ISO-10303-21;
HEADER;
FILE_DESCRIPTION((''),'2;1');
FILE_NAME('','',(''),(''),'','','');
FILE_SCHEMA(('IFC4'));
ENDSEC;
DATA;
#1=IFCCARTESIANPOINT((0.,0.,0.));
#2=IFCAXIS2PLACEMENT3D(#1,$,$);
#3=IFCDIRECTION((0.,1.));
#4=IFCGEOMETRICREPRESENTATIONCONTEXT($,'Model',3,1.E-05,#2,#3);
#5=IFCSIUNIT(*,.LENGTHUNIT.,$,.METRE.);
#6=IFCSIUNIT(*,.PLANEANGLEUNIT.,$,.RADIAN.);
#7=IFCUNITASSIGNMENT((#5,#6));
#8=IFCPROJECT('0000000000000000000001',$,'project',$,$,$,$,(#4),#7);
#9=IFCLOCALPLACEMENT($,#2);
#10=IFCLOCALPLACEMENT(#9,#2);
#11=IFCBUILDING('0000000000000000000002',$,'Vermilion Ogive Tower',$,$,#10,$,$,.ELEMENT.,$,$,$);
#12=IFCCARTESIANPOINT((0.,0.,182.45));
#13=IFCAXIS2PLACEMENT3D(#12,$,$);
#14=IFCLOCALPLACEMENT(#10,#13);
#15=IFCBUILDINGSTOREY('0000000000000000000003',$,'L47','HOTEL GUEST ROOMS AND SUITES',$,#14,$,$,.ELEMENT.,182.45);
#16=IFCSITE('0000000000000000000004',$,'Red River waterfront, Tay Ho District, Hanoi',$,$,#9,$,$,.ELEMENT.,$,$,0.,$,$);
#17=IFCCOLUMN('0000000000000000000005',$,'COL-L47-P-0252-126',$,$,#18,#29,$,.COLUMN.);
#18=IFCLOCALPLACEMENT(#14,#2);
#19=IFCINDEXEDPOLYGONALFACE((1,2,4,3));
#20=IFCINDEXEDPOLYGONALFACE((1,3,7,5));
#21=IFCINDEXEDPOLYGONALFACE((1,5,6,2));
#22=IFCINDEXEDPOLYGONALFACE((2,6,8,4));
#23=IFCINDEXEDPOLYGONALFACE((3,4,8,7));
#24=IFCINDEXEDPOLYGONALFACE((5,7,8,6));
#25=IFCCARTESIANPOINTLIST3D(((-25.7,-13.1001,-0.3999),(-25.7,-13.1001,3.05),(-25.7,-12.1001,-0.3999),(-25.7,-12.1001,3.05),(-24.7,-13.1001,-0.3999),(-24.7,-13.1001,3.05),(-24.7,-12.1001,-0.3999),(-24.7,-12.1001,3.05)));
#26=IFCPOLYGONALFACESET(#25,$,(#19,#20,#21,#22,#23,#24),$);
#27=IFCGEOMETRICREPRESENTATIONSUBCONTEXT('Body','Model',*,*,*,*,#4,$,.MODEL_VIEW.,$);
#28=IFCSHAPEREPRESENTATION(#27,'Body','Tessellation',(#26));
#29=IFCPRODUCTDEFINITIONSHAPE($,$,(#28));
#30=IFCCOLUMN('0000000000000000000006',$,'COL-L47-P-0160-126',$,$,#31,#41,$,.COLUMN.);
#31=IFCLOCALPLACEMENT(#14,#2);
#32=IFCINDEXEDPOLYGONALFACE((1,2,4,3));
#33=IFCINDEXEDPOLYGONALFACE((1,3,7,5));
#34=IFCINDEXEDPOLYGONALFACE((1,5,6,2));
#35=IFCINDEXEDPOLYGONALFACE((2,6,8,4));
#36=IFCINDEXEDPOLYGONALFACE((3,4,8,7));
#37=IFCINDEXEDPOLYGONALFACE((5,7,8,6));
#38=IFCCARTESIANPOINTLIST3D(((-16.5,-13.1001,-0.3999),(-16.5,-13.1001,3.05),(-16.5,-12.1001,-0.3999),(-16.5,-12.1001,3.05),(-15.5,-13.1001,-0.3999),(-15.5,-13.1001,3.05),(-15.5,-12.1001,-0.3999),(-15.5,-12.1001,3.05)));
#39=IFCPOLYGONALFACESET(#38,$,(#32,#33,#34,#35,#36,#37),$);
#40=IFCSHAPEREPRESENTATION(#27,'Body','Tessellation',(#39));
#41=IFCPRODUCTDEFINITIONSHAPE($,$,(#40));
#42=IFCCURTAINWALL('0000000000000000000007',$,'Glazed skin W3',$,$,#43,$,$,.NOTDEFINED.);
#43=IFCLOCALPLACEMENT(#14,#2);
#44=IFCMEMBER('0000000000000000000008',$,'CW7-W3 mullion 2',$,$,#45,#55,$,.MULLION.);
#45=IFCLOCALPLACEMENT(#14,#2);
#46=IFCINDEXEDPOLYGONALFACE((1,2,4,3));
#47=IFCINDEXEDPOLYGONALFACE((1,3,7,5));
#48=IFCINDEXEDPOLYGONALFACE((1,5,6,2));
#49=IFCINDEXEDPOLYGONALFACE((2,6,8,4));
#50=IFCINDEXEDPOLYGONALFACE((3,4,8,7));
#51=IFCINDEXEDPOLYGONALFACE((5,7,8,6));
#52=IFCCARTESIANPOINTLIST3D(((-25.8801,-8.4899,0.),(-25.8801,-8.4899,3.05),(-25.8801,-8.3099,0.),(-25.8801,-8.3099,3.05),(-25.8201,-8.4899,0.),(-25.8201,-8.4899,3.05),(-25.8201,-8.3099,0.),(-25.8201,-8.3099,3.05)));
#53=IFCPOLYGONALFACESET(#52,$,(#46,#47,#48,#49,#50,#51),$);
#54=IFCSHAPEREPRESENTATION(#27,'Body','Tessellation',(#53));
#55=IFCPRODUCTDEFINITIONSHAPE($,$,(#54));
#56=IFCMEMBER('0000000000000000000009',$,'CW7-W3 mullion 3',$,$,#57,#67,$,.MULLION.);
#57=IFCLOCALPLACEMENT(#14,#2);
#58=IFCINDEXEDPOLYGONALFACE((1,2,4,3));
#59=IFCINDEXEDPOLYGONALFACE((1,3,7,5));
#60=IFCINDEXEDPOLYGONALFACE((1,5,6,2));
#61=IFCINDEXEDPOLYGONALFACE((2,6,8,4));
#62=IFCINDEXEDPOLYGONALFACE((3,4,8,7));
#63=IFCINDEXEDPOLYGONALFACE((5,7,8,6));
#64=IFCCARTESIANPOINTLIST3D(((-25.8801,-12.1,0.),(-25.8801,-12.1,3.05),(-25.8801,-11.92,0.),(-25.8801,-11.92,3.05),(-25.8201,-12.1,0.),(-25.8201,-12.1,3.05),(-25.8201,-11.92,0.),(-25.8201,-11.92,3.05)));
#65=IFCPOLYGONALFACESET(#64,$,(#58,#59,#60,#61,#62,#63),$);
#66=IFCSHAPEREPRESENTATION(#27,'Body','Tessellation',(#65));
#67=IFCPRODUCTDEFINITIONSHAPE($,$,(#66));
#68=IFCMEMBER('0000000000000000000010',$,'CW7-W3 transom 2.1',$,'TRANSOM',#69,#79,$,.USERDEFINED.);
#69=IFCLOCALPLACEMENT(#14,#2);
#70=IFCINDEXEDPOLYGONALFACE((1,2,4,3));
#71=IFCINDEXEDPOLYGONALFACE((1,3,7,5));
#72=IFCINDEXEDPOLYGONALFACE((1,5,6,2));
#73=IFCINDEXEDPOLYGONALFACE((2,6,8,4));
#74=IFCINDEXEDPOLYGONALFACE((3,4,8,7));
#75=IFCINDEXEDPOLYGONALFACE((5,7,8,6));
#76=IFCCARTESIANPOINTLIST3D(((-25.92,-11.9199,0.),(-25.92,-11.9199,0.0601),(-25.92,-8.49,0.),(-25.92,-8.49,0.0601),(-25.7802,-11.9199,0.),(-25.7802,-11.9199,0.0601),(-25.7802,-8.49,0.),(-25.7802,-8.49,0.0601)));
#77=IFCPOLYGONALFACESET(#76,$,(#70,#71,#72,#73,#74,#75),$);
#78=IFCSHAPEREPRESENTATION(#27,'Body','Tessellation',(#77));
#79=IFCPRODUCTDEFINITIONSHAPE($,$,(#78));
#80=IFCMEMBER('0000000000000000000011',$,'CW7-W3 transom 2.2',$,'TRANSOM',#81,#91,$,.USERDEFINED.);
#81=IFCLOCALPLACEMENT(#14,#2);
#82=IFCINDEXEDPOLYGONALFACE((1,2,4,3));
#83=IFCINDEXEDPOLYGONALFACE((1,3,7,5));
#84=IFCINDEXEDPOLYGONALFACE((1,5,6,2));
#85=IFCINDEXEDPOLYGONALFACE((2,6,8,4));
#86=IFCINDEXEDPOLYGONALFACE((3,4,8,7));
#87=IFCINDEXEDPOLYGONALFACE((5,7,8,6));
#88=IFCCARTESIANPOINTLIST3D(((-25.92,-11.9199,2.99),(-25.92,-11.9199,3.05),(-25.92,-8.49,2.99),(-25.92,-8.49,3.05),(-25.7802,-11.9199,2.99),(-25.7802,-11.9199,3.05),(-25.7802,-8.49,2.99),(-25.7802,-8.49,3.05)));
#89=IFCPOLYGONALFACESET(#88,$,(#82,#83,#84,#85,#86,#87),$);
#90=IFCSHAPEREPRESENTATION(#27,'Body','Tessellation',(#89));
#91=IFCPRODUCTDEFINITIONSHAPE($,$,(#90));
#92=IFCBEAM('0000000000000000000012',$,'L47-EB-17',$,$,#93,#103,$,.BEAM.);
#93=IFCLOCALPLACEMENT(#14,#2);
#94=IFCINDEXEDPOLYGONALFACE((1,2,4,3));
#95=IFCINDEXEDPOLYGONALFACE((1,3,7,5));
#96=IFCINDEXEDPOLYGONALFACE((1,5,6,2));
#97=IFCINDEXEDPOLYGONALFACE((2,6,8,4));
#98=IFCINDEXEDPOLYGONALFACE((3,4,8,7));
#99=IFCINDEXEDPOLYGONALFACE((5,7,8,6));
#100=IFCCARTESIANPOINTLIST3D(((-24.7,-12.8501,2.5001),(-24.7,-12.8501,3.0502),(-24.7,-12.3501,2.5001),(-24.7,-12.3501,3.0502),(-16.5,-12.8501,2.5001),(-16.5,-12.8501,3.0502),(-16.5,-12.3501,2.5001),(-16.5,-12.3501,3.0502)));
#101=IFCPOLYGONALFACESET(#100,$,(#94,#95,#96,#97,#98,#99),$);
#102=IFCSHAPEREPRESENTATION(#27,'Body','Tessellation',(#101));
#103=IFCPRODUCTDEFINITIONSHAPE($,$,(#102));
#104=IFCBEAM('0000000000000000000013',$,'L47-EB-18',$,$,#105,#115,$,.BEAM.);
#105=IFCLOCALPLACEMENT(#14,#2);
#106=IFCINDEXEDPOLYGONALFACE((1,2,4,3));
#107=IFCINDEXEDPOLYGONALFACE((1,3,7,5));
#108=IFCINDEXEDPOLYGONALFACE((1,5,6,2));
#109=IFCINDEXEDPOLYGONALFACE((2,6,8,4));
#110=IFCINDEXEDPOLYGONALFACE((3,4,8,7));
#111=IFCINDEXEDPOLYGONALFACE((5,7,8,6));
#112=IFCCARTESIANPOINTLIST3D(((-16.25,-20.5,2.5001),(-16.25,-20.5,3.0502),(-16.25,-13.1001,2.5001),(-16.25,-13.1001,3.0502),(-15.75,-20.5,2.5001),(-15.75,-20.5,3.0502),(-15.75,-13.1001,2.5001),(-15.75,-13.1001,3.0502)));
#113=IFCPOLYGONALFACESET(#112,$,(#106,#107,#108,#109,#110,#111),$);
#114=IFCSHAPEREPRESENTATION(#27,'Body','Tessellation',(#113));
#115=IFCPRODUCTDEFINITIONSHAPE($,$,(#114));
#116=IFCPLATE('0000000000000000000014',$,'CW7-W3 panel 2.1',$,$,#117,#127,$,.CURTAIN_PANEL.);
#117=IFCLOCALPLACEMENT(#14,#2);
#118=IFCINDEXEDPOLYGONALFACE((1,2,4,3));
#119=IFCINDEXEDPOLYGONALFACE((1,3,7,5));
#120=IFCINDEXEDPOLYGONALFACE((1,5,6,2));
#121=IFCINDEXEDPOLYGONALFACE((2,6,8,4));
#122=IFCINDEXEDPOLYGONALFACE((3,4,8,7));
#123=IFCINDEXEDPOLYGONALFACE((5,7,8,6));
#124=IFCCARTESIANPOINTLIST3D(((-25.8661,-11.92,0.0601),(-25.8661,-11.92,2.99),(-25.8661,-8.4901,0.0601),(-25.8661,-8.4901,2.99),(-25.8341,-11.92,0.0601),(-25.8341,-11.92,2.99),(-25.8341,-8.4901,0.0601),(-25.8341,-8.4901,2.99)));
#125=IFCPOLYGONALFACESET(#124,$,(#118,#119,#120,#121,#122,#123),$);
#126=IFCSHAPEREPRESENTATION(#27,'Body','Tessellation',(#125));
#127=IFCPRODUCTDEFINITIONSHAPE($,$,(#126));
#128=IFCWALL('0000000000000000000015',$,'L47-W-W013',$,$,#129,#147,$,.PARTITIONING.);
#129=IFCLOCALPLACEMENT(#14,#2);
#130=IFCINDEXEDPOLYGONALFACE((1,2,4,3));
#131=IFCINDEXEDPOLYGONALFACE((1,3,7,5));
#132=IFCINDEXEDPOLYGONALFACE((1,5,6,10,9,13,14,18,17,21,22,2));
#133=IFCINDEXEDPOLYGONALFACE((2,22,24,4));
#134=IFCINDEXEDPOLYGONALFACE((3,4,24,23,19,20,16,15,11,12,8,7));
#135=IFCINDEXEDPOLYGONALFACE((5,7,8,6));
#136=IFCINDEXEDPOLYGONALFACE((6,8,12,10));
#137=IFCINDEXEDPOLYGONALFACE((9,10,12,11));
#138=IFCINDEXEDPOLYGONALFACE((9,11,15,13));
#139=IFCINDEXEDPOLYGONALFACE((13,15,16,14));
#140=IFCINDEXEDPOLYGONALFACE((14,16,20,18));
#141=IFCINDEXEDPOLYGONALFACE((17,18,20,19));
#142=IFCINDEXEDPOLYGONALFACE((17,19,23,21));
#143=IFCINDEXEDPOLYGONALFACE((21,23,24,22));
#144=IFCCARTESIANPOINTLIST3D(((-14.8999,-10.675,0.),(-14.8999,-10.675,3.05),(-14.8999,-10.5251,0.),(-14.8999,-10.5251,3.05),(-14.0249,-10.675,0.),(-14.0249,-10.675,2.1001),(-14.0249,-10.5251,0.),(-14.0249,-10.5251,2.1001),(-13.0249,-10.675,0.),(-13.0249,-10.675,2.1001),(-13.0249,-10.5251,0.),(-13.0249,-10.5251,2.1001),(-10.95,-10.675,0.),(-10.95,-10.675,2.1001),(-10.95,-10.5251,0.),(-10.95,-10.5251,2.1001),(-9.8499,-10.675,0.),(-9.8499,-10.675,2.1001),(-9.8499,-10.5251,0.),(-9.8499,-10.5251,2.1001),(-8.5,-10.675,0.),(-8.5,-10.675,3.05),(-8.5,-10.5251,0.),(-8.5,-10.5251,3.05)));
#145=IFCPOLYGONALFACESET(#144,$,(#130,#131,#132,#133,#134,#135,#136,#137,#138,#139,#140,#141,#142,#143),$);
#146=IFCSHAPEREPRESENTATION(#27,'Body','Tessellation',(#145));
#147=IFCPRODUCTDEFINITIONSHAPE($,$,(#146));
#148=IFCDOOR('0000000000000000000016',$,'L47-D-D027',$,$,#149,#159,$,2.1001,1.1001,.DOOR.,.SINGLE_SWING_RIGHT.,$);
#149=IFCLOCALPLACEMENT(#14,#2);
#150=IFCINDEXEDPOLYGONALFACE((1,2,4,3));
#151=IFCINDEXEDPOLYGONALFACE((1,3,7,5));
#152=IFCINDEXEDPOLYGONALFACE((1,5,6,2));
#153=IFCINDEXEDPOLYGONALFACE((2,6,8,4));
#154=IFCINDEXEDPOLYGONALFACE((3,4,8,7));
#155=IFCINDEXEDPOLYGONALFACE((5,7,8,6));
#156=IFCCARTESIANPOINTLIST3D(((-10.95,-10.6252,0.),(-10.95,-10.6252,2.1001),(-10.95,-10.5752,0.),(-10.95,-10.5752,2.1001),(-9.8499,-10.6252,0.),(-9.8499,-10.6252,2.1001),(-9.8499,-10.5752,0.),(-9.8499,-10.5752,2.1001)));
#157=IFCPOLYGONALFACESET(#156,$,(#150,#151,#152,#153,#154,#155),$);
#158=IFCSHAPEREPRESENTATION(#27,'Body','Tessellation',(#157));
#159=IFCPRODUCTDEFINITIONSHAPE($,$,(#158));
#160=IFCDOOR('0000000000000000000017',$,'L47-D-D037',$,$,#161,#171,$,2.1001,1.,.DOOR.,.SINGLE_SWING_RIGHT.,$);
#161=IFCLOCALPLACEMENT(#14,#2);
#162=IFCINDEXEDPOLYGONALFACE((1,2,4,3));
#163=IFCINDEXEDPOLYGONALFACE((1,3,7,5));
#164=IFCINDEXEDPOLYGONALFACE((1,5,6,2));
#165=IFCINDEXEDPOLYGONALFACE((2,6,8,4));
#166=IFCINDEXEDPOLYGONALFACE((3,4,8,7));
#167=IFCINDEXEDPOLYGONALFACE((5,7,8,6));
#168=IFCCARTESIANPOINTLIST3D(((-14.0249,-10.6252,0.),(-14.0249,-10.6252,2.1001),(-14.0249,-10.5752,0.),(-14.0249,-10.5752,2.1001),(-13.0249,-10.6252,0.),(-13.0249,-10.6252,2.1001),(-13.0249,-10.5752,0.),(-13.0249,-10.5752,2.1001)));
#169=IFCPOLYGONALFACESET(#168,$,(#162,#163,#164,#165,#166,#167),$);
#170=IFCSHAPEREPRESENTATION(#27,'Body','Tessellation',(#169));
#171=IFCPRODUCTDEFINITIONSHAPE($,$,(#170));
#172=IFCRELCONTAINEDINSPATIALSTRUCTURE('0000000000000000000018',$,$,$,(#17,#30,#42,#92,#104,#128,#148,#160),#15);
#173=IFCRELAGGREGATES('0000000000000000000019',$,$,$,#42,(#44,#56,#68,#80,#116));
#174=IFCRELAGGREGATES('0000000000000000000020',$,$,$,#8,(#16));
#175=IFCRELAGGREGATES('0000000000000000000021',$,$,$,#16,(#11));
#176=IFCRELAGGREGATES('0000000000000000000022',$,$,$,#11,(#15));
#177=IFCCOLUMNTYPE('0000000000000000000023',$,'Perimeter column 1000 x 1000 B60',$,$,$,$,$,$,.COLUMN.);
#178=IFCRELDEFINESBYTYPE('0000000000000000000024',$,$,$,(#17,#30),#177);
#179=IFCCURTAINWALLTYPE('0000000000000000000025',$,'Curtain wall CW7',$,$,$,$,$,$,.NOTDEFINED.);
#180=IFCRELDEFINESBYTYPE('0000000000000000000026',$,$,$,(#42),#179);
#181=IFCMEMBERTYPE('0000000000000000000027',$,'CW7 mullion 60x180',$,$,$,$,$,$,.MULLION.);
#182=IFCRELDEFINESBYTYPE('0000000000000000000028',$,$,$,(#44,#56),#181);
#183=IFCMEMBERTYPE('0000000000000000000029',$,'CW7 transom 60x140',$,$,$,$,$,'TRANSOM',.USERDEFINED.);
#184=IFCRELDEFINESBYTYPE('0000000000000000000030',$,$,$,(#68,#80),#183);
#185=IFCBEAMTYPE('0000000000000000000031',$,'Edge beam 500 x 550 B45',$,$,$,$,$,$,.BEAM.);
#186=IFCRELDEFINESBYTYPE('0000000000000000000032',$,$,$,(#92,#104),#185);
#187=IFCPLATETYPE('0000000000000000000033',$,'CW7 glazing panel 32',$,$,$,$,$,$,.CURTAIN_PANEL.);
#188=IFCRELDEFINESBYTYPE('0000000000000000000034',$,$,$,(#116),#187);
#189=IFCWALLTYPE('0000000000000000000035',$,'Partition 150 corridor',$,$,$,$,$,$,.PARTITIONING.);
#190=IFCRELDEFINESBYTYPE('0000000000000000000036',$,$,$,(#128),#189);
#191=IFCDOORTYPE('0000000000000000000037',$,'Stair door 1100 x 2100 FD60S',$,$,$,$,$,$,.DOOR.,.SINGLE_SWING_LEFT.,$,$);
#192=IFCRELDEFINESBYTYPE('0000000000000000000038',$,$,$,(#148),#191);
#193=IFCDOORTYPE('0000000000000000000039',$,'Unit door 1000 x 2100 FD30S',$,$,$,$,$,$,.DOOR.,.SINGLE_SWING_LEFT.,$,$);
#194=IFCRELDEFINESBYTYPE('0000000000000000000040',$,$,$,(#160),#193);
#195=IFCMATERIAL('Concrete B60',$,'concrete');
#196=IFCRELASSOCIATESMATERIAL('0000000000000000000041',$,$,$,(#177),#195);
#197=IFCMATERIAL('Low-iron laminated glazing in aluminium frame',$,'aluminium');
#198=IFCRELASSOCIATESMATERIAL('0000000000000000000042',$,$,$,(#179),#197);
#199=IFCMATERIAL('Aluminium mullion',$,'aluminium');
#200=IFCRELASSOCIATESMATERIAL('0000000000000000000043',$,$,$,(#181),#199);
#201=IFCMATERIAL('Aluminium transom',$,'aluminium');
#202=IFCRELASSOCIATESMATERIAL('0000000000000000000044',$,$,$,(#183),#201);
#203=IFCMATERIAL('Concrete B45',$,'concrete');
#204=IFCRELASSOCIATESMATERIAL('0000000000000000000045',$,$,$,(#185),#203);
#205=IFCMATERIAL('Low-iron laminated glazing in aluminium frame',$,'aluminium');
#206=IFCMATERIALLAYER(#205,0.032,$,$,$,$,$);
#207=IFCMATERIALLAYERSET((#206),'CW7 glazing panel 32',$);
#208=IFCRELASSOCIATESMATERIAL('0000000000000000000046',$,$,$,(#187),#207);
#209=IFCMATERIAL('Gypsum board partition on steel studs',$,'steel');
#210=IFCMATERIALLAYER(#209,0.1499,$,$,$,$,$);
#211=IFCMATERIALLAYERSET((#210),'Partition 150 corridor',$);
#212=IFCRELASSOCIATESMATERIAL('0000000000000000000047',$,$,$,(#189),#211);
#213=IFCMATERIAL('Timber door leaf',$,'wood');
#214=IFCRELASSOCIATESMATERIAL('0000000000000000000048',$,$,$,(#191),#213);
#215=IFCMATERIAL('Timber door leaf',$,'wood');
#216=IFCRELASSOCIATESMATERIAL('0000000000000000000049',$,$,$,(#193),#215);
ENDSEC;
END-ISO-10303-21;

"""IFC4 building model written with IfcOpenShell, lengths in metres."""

from ifc_helpers import new_model, si_unit, direction, frame, frame_2d, origin, origin_2d, place, context, subcontext, project, spatial, rectangle, extrude, material, layer, layer_set, material_profile, profile_set, type_object, element, fill, aggregate, save


model = new_model("IFC4")

# Units and contexts
model_context = context("Model", 3, precision=1e-05, world=origin(), true_north=direction((0.0, 1.0)))
body_context = subcontext(model_context, "Body", "Model", "MODEL_VIEW")
ifc_project = project(units=[si_unit("LENGTHUNIT", "METRE"), si_unit("PLANEANGLEUNIT", "RADIAN")], contexts=[model_context])

# Site, building, storey
site_placement = place(None, origin())
site = spatial("IfcSite", under=ifc_project, at=site_placement, Name="Red River waterfront, Tay Ho District, Hanoi", CompositionType="ELEMENT", RefElevation=0.0)
building_placement = place(site_placement, origin())
building = spatial("IfcBuilding", under=site, at=building_placement, Name="Vermilion Ogive Tower", CompositionType="ELEMENT")
storey_placement = place(building_placement, frame((0.0, 0.0, 182.45)))
storey = spatial("IfcBuildingStorey", under=building, at=storey_placement, Name="L47", Description="HOTEL GUEST ROOMS AND SUITES", CompositionType="ELEMENT", Elevation=182.45)

# Columns
ifc_material_1 = material(Name="Concrete B60", Category="concrete")
ifc_material_profile_1 = material_profile(ifc_material_1, rectangle(XDim=1.0, YDim=1.0, at=origin_2d()), Name="1000 x 1000")
ifc_profile_set_1 = profile_set([ifc_material_profile_1], Name="Concrete B60")
column_type = type_object("IfcColumnType", Name="Perimeter column 1000 x 1000 B60", PredefinedType="COLUMN", material=ifc_profile_set_1)
for number, where, z_axis, x_axis, name in (
    (1, (-25.2, -12.6001, -0.3999), (0.0, 0.0, 1.0), (1.0, 0.0, 0.0), "COL-L47-P-0252-126"),
    (2, (-16.0, -12.6001, -0.3999), (0.0, 0.0, 1.0), (1.0, 0.0, 0.0), "COL-L47-P-0160-126"),
):
    element("IfcColumn", number, at=place(storey_placement, frame(where, z_axis=z_axis, x_axis=x_axis)), inside=storey, type_object=column_type, Name=name, PredefinedType="COLUMN", context=body_context, shape_type="SweptSolid", body=[
        extrude(rectangle(XDim=1.0, YDim=1.0, at=origin_2d()), origin(), (0.0, 0.0, 1.0), 3.45),
    ])

# Curtain wall, members
ifc_material_2 = material(Name="Low-iron laminated glazing in aluminium frame", Category="aluminium")
curtain_wall_type = type_object("IfcCurtainWallType", Name="Curtain wall CW7", PredefinedType="NOTDEFINED", material=ifc_material_2)
curtain_wall_placement = place(storey_placement, origin())
curtain_wall = element("IfcCurtainWall", 3, at=curtain_wall_placement, inside=storey, type_object=curtain_wall_type, Name="Glazed skin W3", PredefinedType="NOTDEFINED")
ifc_material_3 = material(Name="Aluminium mullion", Category="aluminium")
ifc_material_profile_2 = material_profile(ifc_material_3, rectangle(XDim=0.0601, YDim=0.1799, at=origin_2d()), Name="AL 60x180")
ifc_profile_set_2 = profile_set([ifc_material_profile_2], Name="Aluminium mullion")
member_type_1 = type_object("IfcMemberType", Name="CW7 mullion 60x180", PredefinedType="MULLION", material=ifc_profile_set_2)
member_1_placement = place(storey_placement, frame((-25.8501, -8.3999, 0.0), z_axis=(0.0, 0.0, 1.0), x_axis=(1.0, 0.0, 0.0)))
member_1 = element("IfcMember", 4, at=member_1_placement, type_object=member_type_1, Name="CW7-W3 mullion 2", PredefinedType="MULLION", context=body_context, shape_type="SweptSolid", body=[
    extrude(rectangle(XDim=0.0601, YDim=0.1799, at=origin_2d()), origin(), (0.0, 0.0, 1.0), 3.05),
])
member_2_placement = place(storey_placement, frame((-25.8501, -12.01, 0.0), z_axis=(0.0, 0.0, 1.0), x_axis=(1.0, 0.0, 0.0)))
member_2 = element("IfcMember", 5, at=member_2_placement, type_object=member_type_1, Name="CW7-W3 mullion 3", PredefinedType="MULLION", context=body_context, shape_type="SweptSolid", body=[
    extrude(rectangle(XDim=0.0601, YDim=0.1799, at=origin_2d()), origin(), (0.0, 0.0, 1.0), 3.05),
])
ifc_material_4 = material(Name="Aluminium transom", Category="aluminium")
ifc_material_profile_3 = material_profile(ifc_material_4, rectangle(XDim=0.1399, YDim=0.0601, at=origin_2d()), Name="AL 60x140")
ifc_profile_set_3 = profile_set([ifc_material_profile_3], Name="Aluminium transom")
member_type_2 = type_object("IfcMemberType", Name="CW7 transom 60x140", ElementType="TRANSOM", PredefinedType="USERDEFINED", material=ifc_profile_set_3)
member_3_placement = place(storey_placement, frame((-25.8501, -8.49, 0.03), z_axis=(0.0, -1.0, 0.0), x_axis=(1.0, 0.0, 0.0)))
member_3 = element("IfcMember", 6, at=member_3_placement, type_object=member_type_2, Name="CW7-W3 transom 2.1", ObjectType="TRANSOM", PredefinedType="USERDEFINED", context=body_context, shape_type="SweptSolid", body=[
    extrude(rectangle(XDim=0.1399, YDim=0.0601, at=origin_2d()), origin(), (0.0, 0.0, 1.0), 3.4299),
])
member_4_placement = place(storey_placement, frame((-25.8501, -8.49, 3.02), z_axis=(0.0, -1.0, 0.0), x_axis=(1.0, 0.0, 0.0)))
member_4 = element("IfcMember", 7, at=member_4_placement, type_object=member_type_2, Name="CW7-W3 transom 2.2", ObjectType="TRANSOM", PredefinedType="USERDEFINED", context=body_context, shape_type="SweptSolid", body=[
    extrude(rectangle(XDim=0.1399, YDim=0.0601, at=origin_2d()), origin(), (0.0, 0.0, 1.0), 3.4299),
])

# Beams
ifc_material_5 = material(Name="Concrete B45", Category="concrete")
ifc_material_profile_4 = material_profile(ifc_material_5, rectangle(XDim=0.5, YDim=0.55, at=origin_2d()), Name="500 x 550")
ifc_profile_set_4 = profile_set([ifc_material_profile_4], Name="Concrete B45")
beam_type = type_object("IfcBeamType", Name="Edge beam 500 x 550 B45", PredefinedType="BEAM", material=ifc_profile_set_4)
beam_1_placement = place(storey_placement, frame((-24.7, -12.6001, 2.7751), z_axis=(1.0, 0.0, 0.0), x_axis=(0.0, 1.0, 0.0)))
element("IfcBeam", 8, at=beam_1_placement, inside=storey, type_object=beam_type, Name="L47-EB-17", PredefinedType="BEAM", context=body_context, shape_type="SweptSolid", body=[
    extrude(rectangle(XDim=0.5, YDim=0.55, at=origin_2d()), origin(), (0.0, 0.0, 1.0), 8.2),
])
beam_2_placement = place(storey_placement, frame((-16.0, -13.1001, 2.7751), z_axis=(0.0, -1.0, 0.0), x_axis=(1.0, 0.0, 0.0)))
element("IfcBeam", 9, at=beam_2_placement, inside=storey, type_object=beam_type, Name="L47-EB-18", PredefinedType="BEAM", context=body_context, shape_type="SweptSolid", body=[
    extrude(rectangle(XDim=0.5, YDim=0.55, at=origin_2d()), origin(), (0.0, 0.0, 1.0), 7.3999),
])

# Plate
ifc_material_6 = material(Name="Low-iron laminated glazing in aluminium frame", Category="aluminium")
ifc_layer_1 = layer(ifc_material_6, 0.032)
ifc_layer_set_1 = layer_set([ifc_layer_1], Name="CW7 glazing panel 32")
plate_type = type_object("IfcPlateType", Name="CW7 glazing panel 32", PredefinedType="CURTAIN_PANEL", material=ifc_layer_set_1)
plate_placement = place(storey_placement, frame((-25.8501, -10.2051, 0.0601), z_axis=(0.0, 0.0, 1.0), x_axis=(0.0, -1.0, 0.0)))
plate = element("IfcPlate", 10, at=plate_placement, type_object=plate_type, Name="CW7-W3 panel 2.1", PredefinedType="CURTAIN_PANEL", context=body_context, shape_type="SweptSolid", body=[
    extrude(rectangle(XDim=3.4299, YDim=0.032, at=origin_2d()), origin(), (0.0, 0.0, 1.0), 2.9299),
])
aggregate(curtain_wall, [member_1, member_2, member_3, member_4, plate])

# Wall, openings, doors
ifc_material_7 = material(Name="Gypsum board partition on steel studs", Category="steel")
ifc_layer_2 = layer(ifc_material_7, 0.1499)
ifc_layer_set_2 = layer_set([ifc_layer_2], Name="Partition 150 corridor")
wall_type_1 = type_object("IfcWallType", Name="Partition 150 corridor", PredefinedType="PARTITIONING", material=ifc_layer_set_2)
wall_1_placement = place(storey_placement, frame((-14.8999, -10.6001, 0.0), z_axis=(0.0, 0.0, 1.0), x_axis=(1.0, 0.0, 0.0)))
wall_1 = element("IfcWall", 11, at=wall_1_placement, inside=storey, type_object=wall_type_1, Name="L47-W-W013", PredefinedType="PARTITIONING", context=body_context, shape_type="SweptSolid", body=[
    extrude(rectangle(XDim=6.3999, YDim=0.1499, at=frame_2d((3.2, 0.0))), origin(), (0.0, 0.0, 1.0), 3.05),
])
opening_1_placement = place(wall_1_placement, frame((3.95, 0.0, 0.0)))
opening_1 = element("IfcOpeningElement", 12, at=opening_1_placement, cuts=wall_1, PredefinedType="OPENING", context=body_context, shape_type="SweptSolid", body=[
    extrude(rectangle(XDim=1.1001, YDim=2.1001, at=frame_2d((0.55, 1.05))), frame((0.0, 0.085, 0.0), z_axis=(0.0, -1.0, 0.0), x_axis=(1.0, 0.0, 0.0)), (0.0, 0.0, 1.0), 0.1699),
])
opening_2_placement = place(wall_1_placement, frame((0.875, 0.0, 0.0)))
opening_2 = element("IfcOpeningElement", 13, at=opening_2_placement, cuts=wall_1, PredefinedType="OPENING", context=body_context, shape_type="SweptSolid", body=[
    extrude(rectangle(XDim=1.0, YDim=2.1001, at=frame_2d((0.5, 1.05))), frame((0.0, 0.085, 0.0), z_axis=(0.0, -1.0, 0.0), x_axis=(1.0, 0.0, 0.0)), (0.0, 0.0, 1.0), 0.1699),
])
ifc_material_8 = material(Name="Timber door leaf", Category="wood")
door_type_1 = type_object("IfcDoorType", Name="Stair door 1100 x 2100 FD60S", OperationType="SINGLE_SWING_LEFT", PredefinedType="DOOR", material=ifc_material_8)
door_1_placement = place(opening_1_placement, origin())
door_1 = element("IfcDoor", 14, at=door_1_placement, inside=storey, type_object=door_type_1, Name="L47-D-D027", OperationType="SINGLE_SWING_RIGHT", OverallHeight=2.1001, OverallWidth=1.1001, PredefinedType="DOOR", context=body_context, shape_type="SweptSolid", body=[
    extrude(rectangle(XDim=1.1001, YDim=2.1001, at=frame_2d((0.55, 1.05))), frame((0.0, 0.0249, 0.0), z_axis=(0.0, -1.0, 0.0), x_axis=(1.0, 0.0, 0.0)), (0.0, 0.0, 1.0), 0.05),
])
fill(opening_1, door_1)
ifc_material_9 = material(Name="Timber door leaf", Category="wood")
door_type_2 = type_object("IfcDoorType", Name="Unit door 1000 x 2100 FD30S", OperationType="SINGLE_SWING_LEFT", PredefinedType="DOOR", material=ifc_material_9)
door_2_placement = place(opening_2_placement, origin())
door_2 = element("IfcDoor", 15, at=door_2_placement, inside=storey, type_object=door_type_2, Name="L47-D-D037", OperationType="SINGLE_SWING_RIGHT", OverallHeight=2.1001, OverallWidth=1.0, PredefinedType="DOOR", context=body_context, shape_type="SweptSolid", body=[
    extrude(rectangle(XDim=1.0, YDim=2.1001, at=frame_2d((0.5, 1.05))), frame((0.0, 0.0249, 0.0), z_axis=(0.0, -1.0, 0.0), x_axis=(1.0, 0.0, 0.0)), (0.0, 0.0, 1.0), 0.05),
])
fill(opening_2, door_2)

save(model, "model.ifc")
